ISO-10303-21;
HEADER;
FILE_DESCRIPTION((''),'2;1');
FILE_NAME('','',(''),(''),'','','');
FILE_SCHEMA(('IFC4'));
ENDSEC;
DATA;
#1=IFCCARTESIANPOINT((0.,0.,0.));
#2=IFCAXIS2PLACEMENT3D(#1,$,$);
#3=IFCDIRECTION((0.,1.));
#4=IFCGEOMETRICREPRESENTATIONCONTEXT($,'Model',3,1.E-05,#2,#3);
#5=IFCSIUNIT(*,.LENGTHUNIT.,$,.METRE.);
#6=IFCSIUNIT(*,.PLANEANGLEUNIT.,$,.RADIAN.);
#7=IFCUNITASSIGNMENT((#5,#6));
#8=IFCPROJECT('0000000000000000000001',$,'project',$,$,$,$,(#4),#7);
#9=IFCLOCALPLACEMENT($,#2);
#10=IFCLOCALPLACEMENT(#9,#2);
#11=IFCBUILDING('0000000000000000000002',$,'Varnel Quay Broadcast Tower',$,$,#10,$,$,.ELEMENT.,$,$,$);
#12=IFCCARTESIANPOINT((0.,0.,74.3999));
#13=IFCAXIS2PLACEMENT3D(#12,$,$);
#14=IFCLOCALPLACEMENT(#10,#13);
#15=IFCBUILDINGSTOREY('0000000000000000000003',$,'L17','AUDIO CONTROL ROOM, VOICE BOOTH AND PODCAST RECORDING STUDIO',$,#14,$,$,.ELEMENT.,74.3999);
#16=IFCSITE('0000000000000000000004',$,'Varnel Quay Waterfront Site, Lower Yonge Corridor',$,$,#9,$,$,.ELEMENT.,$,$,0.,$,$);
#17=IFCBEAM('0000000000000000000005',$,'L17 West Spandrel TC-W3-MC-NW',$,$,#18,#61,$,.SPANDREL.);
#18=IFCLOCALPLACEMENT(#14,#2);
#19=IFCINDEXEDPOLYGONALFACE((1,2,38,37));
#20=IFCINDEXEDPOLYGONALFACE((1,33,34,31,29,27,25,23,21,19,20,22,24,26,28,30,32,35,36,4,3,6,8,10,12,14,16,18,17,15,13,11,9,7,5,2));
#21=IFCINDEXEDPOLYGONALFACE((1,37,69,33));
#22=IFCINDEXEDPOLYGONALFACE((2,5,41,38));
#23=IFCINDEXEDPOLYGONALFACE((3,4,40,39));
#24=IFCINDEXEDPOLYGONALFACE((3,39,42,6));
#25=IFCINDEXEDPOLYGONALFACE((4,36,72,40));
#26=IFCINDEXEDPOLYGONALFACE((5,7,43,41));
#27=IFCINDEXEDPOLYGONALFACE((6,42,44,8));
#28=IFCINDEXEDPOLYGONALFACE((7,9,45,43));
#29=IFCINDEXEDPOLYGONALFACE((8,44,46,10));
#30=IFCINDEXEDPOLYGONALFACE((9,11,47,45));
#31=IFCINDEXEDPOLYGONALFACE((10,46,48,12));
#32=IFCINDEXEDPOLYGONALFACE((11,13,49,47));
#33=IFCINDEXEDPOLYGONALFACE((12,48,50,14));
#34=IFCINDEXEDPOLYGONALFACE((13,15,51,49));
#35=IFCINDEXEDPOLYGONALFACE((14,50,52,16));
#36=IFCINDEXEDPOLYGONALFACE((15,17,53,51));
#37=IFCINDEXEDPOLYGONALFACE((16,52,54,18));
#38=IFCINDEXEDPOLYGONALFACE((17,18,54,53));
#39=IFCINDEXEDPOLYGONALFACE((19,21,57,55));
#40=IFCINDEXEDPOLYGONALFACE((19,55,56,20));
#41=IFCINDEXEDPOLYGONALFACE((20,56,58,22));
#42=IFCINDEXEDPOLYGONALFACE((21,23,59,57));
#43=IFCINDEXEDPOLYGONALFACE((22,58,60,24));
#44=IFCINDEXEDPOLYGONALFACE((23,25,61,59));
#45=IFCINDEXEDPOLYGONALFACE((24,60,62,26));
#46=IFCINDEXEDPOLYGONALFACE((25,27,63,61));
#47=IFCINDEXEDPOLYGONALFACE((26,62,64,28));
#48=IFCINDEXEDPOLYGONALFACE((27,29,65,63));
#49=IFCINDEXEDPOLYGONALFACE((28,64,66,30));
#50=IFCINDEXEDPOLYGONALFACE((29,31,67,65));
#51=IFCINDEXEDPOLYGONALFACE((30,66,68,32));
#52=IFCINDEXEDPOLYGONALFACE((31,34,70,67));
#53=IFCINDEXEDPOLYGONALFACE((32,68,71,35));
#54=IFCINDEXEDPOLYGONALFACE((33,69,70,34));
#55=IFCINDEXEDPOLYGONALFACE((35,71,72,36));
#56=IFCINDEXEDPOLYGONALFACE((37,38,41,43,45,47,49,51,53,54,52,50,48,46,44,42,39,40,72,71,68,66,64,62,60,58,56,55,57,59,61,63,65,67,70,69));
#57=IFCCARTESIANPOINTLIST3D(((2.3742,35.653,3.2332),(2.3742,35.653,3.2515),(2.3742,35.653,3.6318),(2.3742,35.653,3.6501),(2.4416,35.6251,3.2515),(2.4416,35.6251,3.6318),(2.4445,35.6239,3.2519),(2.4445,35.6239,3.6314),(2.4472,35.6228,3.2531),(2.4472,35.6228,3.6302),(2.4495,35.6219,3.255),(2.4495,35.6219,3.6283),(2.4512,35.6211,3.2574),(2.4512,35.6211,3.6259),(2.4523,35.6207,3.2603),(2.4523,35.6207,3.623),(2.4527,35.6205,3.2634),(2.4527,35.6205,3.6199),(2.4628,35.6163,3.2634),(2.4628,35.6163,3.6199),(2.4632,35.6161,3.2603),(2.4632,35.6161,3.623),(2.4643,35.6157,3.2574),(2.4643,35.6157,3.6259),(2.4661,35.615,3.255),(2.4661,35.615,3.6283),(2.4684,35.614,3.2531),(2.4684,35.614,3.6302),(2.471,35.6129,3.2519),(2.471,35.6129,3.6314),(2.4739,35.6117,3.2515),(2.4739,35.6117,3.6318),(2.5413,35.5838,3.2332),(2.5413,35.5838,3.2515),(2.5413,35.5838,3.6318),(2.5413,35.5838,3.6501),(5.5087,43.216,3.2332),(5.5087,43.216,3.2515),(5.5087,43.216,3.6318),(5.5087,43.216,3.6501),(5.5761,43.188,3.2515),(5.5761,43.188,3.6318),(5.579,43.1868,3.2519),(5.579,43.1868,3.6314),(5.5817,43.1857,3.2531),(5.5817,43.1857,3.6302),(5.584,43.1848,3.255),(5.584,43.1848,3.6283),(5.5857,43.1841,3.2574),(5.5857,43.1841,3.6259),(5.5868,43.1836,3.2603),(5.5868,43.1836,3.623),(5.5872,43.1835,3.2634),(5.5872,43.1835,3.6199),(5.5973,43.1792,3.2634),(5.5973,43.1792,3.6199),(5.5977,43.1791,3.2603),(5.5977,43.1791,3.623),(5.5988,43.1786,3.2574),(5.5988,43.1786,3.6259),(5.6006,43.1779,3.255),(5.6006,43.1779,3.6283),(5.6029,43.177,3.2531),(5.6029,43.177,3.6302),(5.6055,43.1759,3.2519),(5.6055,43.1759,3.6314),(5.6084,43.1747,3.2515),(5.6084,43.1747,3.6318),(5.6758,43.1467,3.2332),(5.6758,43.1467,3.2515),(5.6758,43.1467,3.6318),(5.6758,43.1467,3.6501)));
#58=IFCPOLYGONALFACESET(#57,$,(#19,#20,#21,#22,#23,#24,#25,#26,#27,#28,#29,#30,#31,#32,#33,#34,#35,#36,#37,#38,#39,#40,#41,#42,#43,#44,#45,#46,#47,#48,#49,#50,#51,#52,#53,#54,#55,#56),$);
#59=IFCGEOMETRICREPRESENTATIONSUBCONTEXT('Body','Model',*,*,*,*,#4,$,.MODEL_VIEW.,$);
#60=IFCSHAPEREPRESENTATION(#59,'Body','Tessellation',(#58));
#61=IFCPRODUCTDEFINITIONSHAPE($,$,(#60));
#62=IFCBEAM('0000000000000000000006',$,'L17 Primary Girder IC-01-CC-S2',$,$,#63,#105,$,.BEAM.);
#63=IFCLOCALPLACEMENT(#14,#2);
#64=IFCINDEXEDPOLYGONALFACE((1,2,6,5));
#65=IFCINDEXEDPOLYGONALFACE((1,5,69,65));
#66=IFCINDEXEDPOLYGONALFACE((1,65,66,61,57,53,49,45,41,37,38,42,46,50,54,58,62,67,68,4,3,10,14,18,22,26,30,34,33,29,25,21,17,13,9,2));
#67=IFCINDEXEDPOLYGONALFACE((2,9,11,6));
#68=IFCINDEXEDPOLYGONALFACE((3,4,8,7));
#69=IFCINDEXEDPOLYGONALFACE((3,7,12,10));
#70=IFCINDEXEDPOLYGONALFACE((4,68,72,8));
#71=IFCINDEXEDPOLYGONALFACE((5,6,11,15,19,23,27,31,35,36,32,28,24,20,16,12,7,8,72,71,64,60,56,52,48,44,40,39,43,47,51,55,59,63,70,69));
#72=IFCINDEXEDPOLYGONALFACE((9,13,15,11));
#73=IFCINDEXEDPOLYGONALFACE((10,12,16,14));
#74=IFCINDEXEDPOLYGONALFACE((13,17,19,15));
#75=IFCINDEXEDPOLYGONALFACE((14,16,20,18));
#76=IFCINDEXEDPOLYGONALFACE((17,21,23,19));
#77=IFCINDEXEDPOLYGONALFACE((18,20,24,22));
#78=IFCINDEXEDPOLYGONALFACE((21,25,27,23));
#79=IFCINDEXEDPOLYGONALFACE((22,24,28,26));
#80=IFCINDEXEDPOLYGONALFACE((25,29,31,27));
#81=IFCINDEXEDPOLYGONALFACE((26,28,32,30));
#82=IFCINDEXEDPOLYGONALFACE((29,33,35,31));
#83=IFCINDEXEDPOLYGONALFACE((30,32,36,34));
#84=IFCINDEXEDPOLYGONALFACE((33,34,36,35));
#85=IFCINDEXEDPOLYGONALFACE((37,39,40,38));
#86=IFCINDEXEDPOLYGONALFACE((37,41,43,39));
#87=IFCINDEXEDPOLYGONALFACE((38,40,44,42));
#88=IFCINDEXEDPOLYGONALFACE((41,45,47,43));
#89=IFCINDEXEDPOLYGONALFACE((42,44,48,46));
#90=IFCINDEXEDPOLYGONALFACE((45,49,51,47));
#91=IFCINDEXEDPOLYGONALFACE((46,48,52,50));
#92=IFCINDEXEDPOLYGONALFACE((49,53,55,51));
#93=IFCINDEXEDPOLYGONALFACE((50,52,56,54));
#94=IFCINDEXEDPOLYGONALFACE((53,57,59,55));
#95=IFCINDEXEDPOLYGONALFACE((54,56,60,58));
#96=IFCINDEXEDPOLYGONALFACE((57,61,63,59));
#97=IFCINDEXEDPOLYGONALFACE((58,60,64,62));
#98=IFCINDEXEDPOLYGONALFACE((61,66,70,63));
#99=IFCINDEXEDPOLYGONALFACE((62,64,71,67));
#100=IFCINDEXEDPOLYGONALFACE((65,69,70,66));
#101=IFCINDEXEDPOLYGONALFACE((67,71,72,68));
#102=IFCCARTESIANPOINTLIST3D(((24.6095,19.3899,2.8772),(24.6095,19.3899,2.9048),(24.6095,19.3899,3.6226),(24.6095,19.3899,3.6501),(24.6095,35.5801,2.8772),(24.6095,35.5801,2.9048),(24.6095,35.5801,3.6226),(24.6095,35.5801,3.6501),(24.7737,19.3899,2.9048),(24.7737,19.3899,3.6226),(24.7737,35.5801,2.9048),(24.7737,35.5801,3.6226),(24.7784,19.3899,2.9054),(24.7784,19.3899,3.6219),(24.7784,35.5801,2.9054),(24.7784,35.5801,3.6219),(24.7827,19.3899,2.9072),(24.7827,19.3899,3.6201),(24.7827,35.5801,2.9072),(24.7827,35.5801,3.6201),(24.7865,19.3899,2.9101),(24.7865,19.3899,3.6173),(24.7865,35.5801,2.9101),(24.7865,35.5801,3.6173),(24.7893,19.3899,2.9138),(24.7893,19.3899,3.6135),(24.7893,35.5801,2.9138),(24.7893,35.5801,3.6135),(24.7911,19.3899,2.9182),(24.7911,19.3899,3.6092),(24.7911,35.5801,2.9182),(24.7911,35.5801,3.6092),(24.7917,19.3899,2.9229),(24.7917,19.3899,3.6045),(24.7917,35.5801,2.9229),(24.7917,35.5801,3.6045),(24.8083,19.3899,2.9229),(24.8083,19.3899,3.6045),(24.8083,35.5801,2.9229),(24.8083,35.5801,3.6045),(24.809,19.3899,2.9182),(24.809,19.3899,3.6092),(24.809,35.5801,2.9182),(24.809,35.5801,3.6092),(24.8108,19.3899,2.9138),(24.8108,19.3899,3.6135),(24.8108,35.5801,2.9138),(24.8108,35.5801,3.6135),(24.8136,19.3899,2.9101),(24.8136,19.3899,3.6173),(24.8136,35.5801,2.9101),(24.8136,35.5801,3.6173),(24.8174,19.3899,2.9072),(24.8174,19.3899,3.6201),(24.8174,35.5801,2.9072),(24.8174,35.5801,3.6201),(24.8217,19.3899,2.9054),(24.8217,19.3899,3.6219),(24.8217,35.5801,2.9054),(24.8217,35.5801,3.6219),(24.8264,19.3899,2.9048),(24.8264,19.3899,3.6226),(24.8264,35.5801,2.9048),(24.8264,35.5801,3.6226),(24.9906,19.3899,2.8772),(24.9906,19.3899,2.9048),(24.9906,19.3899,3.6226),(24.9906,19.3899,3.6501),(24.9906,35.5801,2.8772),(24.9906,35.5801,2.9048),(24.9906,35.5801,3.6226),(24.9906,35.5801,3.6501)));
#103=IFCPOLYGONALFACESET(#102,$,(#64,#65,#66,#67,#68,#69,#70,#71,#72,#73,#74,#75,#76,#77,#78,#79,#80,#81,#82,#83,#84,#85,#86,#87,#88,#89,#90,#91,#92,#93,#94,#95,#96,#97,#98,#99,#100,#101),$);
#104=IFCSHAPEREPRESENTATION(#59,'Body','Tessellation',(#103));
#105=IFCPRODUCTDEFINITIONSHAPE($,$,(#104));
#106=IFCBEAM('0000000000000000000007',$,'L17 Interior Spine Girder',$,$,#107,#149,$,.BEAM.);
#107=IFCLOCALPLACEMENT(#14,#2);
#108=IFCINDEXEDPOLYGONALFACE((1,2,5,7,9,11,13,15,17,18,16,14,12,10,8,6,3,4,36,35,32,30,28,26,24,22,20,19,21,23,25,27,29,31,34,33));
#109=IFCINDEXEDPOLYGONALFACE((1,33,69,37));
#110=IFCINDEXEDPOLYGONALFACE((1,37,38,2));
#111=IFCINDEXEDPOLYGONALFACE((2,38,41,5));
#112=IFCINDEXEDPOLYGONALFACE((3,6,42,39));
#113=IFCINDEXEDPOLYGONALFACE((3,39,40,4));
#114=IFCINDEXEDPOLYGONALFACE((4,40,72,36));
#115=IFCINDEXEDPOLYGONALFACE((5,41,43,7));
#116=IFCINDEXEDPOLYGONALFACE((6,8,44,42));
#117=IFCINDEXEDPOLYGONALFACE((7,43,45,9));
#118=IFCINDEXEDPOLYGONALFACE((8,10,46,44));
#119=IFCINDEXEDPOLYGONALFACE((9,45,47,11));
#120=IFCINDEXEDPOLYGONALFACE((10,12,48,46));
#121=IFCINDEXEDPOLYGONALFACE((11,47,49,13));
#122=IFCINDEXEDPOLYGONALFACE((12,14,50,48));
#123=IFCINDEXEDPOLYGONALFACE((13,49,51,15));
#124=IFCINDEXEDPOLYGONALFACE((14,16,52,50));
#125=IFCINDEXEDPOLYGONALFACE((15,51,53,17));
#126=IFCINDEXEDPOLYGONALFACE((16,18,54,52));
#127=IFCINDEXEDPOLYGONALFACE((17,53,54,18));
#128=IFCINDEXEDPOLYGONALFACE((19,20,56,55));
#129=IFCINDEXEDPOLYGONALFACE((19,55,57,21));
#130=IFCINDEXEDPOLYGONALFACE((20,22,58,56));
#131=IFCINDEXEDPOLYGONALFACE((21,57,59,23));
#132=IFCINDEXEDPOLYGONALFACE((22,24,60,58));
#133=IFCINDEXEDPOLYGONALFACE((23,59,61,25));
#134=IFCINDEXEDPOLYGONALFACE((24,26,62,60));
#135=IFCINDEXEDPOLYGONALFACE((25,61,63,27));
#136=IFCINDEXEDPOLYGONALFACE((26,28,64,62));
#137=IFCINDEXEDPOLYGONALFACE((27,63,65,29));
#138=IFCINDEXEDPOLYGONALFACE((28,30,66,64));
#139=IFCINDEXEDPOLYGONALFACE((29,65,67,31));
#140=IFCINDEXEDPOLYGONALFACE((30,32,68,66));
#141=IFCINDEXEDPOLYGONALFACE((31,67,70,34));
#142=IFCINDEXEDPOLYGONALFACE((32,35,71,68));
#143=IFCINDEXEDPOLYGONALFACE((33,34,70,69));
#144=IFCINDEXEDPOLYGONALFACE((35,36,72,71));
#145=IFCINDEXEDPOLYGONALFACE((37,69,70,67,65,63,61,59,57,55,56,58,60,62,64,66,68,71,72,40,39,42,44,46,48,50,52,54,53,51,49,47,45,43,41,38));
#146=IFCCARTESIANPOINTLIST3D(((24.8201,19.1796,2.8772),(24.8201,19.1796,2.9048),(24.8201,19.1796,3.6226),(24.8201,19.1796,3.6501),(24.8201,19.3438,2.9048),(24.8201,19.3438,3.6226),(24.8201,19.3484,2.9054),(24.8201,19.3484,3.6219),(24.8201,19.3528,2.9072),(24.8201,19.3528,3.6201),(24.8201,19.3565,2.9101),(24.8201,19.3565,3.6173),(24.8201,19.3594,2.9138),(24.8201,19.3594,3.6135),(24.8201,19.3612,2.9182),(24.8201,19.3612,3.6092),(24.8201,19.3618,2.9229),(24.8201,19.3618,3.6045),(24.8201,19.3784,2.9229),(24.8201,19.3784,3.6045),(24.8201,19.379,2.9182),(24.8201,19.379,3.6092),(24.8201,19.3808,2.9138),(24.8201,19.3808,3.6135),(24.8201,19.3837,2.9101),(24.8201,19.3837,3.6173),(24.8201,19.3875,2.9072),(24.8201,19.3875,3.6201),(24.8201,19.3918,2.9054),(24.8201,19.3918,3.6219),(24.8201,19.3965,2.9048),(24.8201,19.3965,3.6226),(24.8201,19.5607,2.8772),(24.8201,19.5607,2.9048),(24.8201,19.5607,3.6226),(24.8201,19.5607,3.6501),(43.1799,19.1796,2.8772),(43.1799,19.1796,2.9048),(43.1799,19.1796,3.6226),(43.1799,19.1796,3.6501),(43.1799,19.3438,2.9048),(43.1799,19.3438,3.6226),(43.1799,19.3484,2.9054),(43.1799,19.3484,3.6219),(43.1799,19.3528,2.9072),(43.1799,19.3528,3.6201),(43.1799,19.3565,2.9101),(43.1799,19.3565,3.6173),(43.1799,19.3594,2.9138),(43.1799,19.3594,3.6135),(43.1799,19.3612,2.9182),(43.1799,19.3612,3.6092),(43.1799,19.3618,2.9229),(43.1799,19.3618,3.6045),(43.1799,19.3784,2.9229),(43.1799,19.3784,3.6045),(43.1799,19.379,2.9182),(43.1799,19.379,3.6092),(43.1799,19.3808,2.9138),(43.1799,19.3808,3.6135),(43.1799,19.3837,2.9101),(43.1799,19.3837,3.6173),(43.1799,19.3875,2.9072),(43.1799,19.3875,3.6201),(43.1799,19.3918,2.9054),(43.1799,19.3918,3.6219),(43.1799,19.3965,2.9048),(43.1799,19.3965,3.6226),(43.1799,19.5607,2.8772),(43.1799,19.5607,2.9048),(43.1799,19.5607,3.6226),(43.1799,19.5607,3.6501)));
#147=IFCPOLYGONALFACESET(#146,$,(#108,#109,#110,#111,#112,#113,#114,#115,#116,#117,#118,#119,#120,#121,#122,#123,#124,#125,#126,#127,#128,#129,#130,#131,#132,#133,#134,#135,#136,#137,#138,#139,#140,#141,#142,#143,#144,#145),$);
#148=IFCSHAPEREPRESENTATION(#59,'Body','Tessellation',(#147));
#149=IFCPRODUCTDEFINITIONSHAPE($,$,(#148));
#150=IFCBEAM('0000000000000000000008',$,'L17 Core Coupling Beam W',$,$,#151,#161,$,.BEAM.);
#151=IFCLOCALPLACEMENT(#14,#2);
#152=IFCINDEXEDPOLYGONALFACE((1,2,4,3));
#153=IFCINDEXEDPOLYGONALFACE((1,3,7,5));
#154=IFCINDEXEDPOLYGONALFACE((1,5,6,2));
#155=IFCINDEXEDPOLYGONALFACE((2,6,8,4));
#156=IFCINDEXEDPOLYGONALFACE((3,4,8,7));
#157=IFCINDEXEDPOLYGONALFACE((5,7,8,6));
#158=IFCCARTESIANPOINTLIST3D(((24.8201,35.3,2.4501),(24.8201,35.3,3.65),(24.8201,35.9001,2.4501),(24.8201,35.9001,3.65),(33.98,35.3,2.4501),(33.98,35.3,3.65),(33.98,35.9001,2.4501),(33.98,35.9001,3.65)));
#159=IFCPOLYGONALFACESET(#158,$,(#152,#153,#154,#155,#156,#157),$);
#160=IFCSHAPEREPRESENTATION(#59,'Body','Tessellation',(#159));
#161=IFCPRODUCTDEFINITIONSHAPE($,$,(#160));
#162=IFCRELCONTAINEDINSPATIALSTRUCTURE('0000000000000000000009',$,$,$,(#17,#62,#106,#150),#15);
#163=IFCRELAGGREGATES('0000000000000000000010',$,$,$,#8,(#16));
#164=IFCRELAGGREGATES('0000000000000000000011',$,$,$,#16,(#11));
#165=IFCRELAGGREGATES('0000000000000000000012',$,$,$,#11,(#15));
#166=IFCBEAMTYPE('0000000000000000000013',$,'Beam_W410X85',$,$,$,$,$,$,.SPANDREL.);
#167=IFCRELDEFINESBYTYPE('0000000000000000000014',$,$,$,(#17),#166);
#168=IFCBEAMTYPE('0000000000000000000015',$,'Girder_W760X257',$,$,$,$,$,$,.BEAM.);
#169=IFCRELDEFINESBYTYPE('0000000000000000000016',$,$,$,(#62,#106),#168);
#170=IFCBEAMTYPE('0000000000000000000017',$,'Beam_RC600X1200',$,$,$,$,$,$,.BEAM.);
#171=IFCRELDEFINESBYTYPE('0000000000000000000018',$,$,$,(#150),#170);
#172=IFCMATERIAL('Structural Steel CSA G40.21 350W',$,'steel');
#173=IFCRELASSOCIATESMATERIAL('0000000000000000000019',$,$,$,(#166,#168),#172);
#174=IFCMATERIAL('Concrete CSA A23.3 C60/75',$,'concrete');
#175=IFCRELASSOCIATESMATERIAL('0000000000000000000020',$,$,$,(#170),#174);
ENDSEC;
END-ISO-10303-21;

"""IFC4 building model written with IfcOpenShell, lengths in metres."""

from ifc_helpers import new_model, si_unit, direction, frame, origin, origin_2d, place, context, subcontext, project, spatial, rectangle, i_section, extrude, source, transform, mapped, material, material_profile, profile_set, type_object, type_shapes, element, save


model = new_model("IFC4")

# Units and contexts
model_context = context("Model", 3, precision=1e-05, world=origin(), true_north=direction((0.0, 1.0)))
body_context = subcontext(model_context, "Body", "Model", "MODEL_VIEW")
ifc_project = project(units=[si_unit("LENGTHUNIT", "METRE"), si_unit("PLANEANGLEUNIT", "RADIAN")], contexts=[model_context])

# Site, building, storey
site_placement = place(None, origin())
site = spatial("IfcSite", under=ifc_project, at=site_placement, Name="Varnel Quay Waterfront Site, Lower Yonge Corridor", CompositionType="ELEMENT", RefElevation=0.0)
building_placement = place(site_placement, origin())
building = spatial("IfcBuilding", under=site, at=building_placement, Name="Varnel Quay Broadcast Tower", CompositionType="ELEMENT")
storey_placement = place(building_placement, frame((0.0, 0.0, 74.3999)))
storey = spatial("IfcBuildingStorey", under=building, at=storey_placement, Name="L17", Description="AUDIO CONTROL ROOM, VOICE BOOTH AND PODCAST RECORDING STUDIO", CompositionType="ELEMENT", Elevation=74.3999)

# Shared definitions
ifc_material_1 = material(Name="Structural Steel CSA G40.21 350W", Category="steel")
ifc_material_2 = material(Name="Concrete CSA A23.3 C60/75", Category="concrete")

# Beams
ifc_material_profile_1 = material_profile(ifc_material_1, i_section(OverallWidth=0.1809, OverallDepth=0.417, WebThickness=0.011, FlangeThickness=0.0183, FilletRadius=0.012, at=origin_2d()), Name="W410X85")
ifc_profile_set_1 = profile_set([ifc_material_profile_1], Name="Structural Steel CSA G40.21 350W")
beam_type_1 = type_object("IfcBeamType", Name="Beam_W410X85", PredefinedType="SPANDREL", material=ifc_profile_set_1)
shared_shape_1 = source(origin(), body_context, "Body", "SweptSolid", [
    extrude(i_section(OverallWidth=0.1809, OverallDepth=0.417, WebThickness=0.011, FlangeThickness=0.0183, FilletRadius=0.012, at=origin_2d()), origin(), (0.0, 0.0, 1.0), 8.1868),
])
beam_1_placement = place(storey_placement, frame((2.4578, 35.6184, 3.4417), z_axis=(0.382874, 0.923801, 0.0), x_axis=(-0.923801, 0.382874, 0.0)))
element("IfcBeam", 1, at=beam_1_placement, inside=storey, type_object=beam_type_1, Name="L17 West Spandrel TC-W3-MC-NW", PredefinedType="SPANDREL", context=body_context, shape_type="MappedRepresentation", body=[
    mapped(shared_shape_1, transform((0.0, 0.0, 0.0), x_axis=(1.0, 0.0, 0.0), y_axis=(0.0, 1.0, 0.0), z_axis=(0.0, 0.0, 1.0), scale=1.0)),
])
ifc_material_profile_2 = material_profile(ifc_material_1, i_section(OverallWidth=0.3811, OverallDepth=0.7729, WebThickness=0.0166, FlangeThickness=0.0276, FilletRadius=0.0181, at=origin_2d()), Name="W760X257")
ifc_profile_set_2 = profile_set([ifc_material_profile_2], Name="Structural Steel CSA G40.21 350W")
beam_type_2 = type_object("IfcBeamType", Name="Girder_W760X257", PredefinedType="BEAM", material=ifc_profile_set_2)
shared_shape_2 = source(origin(), body_context, "Body", "SweptSolid", [
    extrude(i_section(OverallWidth=0.3811, OverallDepth=0.7729, WebThickness=0.0166, FlangeThickness=0.0276, FilletRadius=0.0181, at=origin_2d()), origin(), (0.0, 0.0, 1.0), 16.1902),
])
beam_2_placement = place(storey_placement, frame((24.8, 19.3899, 3.2637), z_axis=(0.0, 1.0, 0.0), x_axis=(-1.0, 0.0, 0.0)))
element("IfcBeam", 2, at=beam_2_placement, inside=storey, type_object=beam_type_2, Name="L17 Primary Girder IC-01-CC-S2", PredefinedType="BEAM", context=body_context, shape_type="MappedRepresentation", body=[
    mapped(shared_shape_2, transform((0.0, 0.0, 0.0), x_axis=(1.0, 0.0, 0.0), y_axis=(0.0, 1.0, 0.0), z_axis=(0.0, 0.0, 1.0), scale=1.0)),
])
shared_shape_3 = source(origin(), body_context, "Body", "SweptSolid", [
    extrude(i_section(OverallWidth=0.3811, OverallDepth=0.7729, WebThickness=0.0166, FlangeThickness=0.0276, FilletRadius=0.0181, at=origin_2d()), origin(), (0.0, 0.0, 1.0), 18.3599),
])
type_shapes(beam_type_2, [shared_shape_2, shared_shape_3])
beam_3_placement = place(storey_placement, frame((24.8201, 19.3701, 3.2637), z_axis=(1.0, 0.0, 0.0), x_axis=(0.0, 1.0, 0.0)))
element("IfcBeam", 3, at=beam_3_placement, inside=storey, type_object=beam_type_2, Name="L17 Interior Spine Girder", PredefinedType="BEAM", context=body_context, shape_type="MappedRepresentation", body=[
    mapped(shared_shape_3, transform((0.0, 0.0, 0.0), x_axis=(1.0, 0.0, 0.0), y_axis=(0.0, 1.0, 0.0), z_axis=(0.0, 0.0, 1.0), scale=1.0)),
])
ifc_material_profile_3 = material_profile(ifc_material_2, rectangle(XDim=0.6001, YDim=1.2, at=origin_2d()), Name="RC600X1200")
ifc_profile_set_3 = profile_set([ifc_material_profile_3], Name="Concrete CSA A23.3 C60/75")
beam_type_3 = type_object("IfcBeamType", Name="Beam_RC600X1200", PredefinedType="BEAM", material=ifc_profile_set_3)
shared_shape_4 = source(origin(), body_context, "Body", "SweptSolid", [
    extrude(rectangle(XDim=0.6001, YDim=1.2, at=origin_2d()), origin(), (0.0, 0.0, 1.0), 9.1599),
])
type_shapes(beam_type_3, [shared_shape_4])
beam_4_placement = place(storey_placement, frame((24.8201, 35.6001, 3.05), z_axis=(1.0, 0.0, 0.0), x_axis=(0.0, 1.0, 0.0)))
element("IfcBeam", 4, at=beam_4_placement, inside=storey, type_object=beam_type_3, Name="L17 Core Coupling Beam W", PredefinedType="BEAM", context=body_context, shape_type="MappedRepresentation", body=[
    mapped(shared_shape_4, transform((0.0, 0.0, 0.0), x_axis=(1.0, 0.0, 0.0), y_axis=(0.0, 1.0, 0.0), z_axis=(0.0, 0.0, 1.0), scale=1.0)),
])

save(model, "model.ifc")
